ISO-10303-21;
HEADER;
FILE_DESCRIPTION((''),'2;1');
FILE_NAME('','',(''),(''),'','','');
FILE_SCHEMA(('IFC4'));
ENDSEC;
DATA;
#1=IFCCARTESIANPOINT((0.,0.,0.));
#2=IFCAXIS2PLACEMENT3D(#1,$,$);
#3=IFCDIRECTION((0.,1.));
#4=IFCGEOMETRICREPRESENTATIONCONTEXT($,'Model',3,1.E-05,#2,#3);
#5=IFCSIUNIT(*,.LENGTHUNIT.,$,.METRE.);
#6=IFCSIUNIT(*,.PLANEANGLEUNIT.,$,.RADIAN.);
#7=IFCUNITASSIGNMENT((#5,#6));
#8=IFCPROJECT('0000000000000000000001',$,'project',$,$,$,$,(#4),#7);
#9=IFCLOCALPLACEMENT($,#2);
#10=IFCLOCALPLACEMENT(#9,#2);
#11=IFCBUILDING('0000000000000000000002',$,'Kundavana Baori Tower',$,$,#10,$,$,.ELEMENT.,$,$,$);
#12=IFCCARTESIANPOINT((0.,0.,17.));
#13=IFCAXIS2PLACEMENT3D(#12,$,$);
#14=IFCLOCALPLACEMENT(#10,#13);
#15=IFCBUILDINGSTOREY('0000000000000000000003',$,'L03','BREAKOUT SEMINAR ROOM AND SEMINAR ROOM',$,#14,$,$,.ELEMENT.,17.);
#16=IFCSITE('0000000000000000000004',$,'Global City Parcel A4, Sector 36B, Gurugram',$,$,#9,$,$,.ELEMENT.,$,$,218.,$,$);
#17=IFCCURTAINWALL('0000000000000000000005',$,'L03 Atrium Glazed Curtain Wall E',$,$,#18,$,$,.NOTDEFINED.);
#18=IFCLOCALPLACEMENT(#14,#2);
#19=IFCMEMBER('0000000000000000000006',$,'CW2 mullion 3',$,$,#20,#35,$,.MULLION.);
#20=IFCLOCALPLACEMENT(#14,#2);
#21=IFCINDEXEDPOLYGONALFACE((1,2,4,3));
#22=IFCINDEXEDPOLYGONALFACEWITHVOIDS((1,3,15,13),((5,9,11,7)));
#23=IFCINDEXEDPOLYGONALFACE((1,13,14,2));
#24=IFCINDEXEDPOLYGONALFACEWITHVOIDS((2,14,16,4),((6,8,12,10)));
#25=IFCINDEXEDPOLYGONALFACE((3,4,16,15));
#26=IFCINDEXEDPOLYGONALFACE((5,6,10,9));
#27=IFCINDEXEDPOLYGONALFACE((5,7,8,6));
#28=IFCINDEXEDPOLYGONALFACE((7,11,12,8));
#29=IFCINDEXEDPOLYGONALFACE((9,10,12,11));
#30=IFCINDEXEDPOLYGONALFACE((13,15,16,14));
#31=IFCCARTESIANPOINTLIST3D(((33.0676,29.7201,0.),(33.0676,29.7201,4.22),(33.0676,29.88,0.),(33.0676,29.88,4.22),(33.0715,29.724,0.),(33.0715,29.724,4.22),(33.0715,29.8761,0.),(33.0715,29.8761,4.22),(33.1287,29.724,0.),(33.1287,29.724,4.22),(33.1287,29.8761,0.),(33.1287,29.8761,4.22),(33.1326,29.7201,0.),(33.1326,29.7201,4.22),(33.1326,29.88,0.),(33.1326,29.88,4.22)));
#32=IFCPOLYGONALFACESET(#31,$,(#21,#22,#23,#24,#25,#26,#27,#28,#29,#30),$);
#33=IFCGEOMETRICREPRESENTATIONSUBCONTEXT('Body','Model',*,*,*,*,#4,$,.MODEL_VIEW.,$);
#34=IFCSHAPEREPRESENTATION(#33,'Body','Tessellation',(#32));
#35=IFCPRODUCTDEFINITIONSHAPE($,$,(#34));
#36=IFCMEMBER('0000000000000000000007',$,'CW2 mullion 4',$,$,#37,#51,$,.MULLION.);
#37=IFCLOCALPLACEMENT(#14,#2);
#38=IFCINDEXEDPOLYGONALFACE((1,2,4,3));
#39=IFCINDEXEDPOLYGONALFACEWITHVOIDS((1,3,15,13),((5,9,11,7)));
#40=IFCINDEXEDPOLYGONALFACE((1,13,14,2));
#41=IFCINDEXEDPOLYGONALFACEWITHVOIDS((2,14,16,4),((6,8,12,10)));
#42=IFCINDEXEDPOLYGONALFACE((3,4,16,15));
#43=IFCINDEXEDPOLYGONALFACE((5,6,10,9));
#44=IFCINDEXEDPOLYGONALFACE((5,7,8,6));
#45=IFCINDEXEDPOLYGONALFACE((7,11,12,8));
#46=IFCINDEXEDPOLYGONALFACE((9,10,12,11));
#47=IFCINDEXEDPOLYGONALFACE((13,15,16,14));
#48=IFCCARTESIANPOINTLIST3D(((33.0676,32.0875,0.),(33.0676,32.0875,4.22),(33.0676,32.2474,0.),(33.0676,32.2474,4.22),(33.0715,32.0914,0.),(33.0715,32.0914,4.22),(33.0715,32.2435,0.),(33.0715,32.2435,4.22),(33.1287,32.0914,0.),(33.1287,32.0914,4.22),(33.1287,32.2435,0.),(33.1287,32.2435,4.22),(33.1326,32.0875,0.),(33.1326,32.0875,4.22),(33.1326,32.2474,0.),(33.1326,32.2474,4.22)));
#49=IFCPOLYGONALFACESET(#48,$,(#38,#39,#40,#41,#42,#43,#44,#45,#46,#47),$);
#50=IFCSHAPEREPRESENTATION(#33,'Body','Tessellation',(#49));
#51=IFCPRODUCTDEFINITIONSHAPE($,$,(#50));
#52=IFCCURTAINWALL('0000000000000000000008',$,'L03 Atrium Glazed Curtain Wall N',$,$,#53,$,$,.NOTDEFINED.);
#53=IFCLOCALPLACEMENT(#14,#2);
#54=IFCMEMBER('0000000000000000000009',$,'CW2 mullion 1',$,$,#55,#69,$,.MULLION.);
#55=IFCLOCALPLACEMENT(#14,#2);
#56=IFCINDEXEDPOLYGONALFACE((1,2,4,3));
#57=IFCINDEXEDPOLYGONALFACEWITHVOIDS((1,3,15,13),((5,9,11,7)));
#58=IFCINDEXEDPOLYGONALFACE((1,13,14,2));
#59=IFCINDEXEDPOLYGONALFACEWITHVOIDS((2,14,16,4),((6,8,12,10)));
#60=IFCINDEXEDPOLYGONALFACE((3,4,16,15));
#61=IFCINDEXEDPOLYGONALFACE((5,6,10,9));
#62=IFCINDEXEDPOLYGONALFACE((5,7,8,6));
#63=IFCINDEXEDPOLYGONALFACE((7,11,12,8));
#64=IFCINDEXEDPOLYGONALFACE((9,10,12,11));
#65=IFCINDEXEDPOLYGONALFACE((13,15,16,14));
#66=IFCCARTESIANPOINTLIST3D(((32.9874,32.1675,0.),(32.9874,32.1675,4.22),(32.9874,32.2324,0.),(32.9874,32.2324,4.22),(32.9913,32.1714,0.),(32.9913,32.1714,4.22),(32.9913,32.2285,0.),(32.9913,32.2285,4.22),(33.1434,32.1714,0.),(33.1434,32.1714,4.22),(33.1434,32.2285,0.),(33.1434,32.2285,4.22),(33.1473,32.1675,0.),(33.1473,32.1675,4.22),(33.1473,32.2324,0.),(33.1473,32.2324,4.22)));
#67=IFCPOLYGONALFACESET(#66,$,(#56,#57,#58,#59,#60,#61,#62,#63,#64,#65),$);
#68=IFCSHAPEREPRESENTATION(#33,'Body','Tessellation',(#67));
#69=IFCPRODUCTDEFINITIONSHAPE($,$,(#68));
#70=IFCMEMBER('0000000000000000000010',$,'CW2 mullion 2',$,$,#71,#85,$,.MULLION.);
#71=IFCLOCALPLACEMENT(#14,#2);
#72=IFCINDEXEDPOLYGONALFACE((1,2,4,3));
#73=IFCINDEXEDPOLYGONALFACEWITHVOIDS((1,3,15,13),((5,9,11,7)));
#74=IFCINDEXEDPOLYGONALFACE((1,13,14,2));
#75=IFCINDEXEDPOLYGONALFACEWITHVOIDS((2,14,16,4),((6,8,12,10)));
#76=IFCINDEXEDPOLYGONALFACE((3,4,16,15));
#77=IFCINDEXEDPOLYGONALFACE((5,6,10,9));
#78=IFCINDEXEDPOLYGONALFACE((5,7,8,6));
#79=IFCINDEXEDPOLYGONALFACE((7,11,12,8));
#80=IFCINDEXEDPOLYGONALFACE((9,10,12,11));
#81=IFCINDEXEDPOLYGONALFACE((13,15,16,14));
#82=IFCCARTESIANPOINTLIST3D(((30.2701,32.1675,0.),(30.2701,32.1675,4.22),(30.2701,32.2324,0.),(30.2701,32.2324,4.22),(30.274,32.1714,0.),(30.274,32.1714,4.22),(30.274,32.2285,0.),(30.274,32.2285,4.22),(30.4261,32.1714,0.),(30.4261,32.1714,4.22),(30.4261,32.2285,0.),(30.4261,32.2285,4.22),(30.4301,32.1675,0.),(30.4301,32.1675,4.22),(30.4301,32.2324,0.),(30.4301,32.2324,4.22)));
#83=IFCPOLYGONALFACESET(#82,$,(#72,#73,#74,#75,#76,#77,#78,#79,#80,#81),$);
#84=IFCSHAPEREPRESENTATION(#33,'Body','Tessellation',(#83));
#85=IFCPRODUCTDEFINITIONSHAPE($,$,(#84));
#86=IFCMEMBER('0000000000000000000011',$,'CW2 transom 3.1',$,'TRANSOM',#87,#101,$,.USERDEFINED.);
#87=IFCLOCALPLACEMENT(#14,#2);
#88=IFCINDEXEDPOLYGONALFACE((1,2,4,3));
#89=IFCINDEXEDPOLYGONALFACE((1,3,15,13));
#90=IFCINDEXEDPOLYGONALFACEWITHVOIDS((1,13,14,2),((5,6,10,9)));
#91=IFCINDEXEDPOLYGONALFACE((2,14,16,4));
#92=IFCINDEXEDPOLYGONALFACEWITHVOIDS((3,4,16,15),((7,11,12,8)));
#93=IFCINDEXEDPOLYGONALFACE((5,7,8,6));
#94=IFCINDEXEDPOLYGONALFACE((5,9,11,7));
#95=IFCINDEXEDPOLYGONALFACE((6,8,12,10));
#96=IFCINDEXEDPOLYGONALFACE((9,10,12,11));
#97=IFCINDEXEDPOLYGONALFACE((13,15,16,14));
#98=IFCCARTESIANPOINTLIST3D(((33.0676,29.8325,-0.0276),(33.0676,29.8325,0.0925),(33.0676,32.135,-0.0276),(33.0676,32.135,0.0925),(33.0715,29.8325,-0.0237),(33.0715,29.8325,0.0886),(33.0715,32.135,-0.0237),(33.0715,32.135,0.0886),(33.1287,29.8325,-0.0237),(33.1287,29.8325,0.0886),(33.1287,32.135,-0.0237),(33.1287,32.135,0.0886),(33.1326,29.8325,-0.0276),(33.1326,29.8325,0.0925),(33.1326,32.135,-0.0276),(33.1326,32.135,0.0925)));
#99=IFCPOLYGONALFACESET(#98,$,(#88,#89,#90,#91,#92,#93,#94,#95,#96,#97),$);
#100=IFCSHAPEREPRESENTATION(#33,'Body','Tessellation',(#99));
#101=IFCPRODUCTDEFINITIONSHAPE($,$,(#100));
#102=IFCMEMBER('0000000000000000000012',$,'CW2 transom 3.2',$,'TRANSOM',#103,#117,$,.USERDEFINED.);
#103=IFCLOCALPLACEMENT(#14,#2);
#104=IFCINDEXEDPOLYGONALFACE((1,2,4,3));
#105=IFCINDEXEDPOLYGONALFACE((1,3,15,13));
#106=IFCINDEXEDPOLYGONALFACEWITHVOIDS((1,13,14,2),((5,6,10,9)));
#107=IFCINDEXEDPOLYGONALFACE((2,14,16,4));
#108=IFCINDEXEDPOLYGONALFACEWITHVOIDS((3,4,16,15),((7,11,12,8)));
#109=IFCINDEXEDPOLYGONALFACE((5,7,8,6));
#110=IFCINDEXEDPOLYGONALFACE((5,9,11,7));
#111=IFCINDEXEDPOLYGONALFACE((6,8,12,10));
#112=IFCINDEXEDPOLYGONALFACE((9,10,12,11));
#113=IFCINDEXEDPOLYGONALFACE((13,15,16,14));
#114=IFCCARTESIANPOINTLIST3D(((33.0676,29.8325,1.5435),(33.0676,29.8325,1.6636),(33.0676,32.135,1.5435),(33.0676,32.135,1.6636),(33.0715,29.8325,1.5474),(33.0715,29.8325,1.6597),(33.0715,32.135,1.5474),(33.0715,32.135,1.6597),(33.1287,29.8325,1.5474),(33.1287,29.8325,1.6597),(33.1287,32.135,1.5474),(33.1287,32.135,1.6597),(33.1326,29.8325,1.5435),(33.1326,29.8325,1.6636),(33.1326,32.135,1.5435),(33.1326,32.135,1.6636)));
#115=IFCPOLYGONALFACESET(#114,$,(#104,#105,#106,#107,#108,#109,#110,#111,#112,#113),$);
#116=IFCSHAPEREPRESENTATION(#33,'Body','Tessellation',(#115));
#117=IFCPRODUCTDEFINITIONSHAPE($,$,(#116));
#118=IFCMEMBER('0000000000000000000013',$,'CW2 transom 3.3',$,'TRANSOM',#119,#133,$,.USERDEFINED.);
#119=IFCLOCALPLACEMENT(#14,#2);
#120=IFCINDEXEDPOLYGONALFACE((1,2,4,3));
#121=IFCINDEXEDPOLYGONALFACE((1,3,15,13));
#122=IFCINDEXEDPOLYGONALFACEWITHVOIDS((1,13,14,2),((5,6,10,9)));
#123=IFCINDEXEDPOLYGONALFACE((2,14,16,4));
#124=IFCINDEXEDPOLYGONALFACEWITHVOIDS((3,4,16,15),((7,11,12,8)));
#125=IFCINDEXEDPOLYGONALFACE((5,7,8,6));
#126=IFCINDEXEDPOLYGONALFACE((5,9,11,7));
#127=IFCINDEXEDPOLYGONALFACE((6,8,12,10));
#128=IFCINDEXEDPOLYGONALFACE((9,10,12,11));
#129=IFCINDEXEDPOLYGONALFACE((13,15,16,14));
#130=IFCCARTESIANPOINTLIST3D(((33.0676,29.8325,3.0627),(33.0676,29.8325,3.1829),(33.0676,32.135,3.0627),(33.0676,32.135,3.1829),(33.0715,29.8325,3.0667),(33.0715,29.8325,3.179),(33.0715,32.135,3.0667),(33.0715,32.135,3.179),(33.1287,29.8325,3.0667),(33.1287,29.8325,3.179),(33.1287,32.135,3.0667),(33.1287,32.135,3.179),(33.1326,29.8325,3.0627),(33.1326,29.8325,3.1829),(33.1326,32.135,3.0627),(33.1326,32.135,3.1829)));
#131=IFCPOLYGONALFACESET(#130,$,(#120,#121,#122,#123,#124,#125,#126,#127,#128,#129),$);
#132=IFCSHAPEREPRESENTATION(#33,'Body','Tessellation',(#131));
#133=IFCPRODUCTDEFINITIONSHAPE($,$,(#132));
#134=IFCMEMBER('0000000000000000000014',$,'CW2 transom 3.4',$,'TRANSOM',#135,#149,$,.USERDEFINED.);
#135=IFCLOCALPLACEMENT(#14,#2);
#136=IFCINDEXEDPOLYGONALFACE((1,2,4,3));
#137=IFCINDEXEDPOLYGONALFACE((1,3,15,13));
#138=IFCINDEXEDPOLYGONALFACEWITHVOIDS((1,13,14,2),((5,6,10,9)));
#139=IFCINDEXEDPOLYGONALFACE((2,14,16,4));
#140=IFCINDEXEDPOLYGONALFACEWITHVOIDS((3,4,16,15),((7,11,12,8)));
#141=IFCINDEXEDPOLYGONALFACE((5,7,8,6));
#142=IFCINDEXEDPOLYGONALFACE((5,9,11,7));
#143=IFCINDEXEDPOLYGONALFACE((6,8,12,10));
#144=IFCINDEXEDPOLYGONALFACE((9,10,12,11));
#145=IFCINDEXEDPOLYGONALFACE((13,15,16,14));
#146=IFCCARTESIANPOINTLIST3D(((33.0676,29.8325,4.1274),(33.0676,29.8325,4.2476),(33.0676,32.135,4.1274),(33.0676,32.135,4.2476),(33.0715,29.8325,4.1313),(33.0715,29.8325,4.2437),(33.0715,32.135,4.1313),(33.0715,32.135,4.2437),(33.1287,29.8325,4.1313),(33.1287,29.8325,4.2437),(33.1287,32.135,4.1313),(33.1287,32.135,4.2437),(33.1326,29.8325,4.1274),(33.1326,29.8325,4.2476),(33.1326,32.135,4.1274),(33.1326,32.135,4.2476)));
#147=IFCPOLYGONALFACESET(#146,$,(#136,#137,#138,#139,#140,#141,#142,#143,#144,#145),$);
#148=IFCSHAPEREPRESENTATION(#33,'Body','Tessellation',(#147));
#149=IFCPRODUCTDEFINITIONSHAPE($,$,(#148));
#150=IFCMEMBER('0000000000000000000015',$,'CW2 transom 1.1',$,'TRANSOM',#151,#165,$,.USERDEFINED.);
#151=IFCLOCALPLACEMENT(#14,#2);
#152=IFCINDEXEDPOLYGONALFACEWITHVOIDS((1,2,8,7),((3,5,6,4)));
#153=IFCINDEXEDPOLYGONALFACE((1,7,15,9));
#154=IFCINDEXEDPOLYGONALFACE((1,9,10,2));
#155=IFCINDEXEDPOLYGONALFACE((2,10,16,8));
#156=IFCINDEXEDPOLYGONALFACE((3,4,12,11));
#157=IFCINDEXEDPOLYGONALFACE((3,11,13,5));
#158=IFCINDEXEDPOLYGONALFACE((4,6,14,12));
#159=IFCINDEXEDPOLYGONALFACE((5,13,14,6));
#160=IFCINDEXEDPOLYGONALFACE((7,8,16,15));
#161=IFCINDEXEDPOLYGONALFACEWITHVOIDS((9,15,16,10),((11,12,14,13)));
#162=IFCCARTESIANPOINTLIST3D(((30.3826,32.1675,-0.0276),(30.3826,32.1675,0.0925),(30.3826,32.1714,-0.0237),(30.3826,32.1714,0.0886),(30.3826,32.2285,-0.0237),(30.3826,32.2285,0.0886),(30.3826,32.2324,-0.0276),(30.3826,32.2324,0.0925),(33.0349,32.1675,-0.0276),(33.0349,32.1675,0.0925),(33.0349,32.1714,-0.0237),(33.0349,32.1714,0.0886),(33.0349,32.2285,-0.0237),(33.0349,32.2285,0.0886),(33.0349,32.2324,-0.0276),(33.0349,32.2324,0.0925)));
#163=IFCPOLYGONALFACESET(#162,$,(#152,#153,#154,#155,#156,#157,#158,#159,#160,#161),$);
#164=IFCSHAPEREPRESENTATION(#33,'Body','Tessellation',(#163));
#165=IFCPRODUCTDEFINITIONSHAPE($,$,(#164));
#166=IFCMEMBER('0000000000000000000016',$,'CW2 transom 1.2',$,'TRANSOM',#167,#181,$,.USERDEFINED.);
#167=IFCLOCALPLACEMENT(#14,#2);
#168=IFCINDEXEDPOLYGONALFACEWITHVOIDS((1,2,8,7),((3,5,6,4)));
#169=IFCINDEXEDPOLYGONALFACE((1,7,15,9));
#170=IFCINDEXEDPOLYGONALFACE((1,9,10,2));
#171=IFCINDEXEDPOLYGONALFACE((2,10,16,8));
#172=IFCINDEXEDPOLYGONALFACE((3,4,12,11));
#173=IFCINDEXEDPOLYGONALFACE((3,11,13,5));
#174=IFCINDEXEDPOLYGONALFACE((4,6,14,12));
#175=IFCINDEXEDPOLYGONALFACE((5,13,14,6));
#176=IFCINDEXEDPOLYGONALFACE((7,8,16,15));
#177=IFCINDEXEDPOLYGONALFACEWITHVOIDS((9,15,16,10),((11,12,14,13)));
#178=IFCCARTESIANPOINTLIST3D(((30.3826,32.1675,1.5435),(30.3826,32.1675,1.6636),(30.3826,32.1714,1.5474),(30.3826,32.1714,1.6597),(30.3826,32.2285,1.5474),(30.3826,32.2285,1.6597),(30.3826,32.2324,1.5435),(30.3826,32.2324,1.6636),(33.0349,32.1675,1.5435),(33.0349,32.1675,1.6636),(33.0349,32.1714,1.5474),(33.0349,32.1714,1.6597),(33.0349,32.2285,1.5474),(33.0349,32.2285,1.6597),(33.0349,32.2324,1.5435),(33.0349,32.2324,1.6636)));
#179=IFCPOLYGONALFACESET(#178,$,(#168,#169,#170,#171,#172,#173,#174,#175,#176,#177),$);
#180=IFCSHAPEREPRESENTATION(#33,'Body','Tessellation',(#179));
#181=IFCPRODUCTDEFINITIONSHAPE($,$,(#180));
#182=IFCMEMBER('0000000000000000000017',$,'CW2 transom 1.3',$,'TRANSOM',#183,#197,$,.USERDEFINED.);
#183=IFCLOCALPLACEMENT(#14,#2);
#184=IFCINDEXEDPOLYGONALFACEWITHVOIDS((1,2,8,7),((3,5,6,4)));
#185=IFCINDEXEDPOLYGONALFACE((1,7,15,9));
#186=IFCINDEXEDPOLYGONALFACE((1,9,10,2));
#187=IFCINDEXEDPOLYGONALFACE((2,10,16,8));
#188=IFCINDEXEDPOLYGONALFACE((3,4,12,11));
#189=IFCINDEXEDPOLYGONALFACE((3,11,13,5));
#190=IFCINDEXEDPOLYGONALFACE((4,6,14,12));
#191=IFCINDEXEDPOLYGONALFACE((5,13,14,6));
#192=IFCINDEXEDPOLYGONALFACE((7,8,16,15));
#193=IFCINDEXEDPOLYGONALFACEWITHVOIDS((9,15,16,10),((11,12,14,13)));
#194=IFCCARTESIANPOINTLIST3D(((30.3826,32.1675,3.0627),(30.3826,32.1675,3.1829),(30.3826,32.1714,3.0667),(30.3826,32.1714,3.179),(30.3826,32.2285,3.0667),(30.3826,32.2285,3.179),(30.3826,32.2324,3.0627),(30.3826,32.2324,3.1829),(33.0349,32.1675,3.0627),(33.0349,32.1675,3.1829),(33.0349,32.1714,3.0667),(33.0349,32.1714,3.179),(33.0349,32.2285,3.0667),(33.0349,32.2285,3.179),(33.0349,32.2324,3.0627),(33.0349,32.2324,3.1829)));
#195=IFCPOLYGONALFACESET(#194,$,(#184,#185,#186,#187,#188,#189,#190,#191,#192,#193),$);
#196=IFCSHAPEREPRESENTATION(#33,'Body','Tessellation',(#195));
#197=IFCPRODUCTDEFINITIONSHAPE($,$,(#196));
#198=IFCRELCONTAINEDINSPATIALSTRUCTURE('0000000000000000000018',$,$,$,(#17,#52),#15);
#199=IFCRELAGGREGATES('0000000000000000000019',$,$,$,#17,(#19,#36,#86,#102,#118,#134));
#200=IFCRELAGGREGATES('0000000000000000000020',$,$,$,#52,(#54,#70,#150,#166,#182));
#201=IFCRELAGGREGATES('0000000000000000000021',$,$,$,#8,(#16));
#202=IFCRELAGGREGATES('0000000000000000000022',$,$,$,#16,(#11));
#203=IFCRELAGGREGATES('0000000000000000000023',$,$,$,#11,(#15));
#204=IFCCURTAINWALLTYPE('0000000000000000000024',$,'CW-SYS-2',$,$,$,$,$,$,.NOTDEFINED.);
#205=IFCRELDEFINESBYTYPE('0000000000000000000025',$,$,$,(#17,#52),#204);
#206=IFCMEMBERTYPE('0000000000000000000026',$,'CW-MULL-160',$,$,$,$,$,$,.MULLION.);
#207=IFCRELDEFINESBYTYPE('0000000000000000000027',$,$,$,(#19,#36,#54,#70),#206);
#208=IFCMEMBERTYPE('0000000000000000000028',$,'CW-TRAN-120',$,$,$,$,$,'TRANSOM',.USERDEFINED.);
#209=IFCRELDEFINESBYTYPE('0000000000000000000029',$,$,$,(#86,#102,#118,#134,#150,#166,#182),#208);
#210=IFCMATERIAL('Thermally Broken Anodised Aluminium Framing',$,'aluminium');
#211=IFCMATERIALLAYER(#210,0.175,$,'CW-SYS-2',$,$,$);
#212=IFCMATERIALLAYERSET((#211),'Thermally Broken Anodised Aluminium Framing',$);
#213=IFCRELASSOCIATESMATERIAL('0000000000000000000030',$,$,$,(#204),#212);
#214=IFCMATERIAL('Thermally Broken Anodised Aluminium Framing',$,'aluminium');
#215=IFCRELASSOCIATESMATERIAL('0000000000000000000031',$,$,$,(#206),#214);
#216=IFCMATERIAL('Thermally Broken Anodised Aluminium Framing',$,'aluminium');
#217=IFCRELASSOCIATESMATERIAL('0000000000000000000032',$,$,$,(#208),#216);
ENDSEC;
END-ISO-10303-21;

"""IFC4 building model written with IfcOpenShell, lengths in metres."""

from ifc_helpers import new_model, si_unit, direction, frame, origin, origin_2d, place, context, subcontext, project, spatial, hollow_rectangle, extrude, material, layer, layer_set, material_profile, profile_set, type_object, element, aggregate, save


model = new_model("IFC4")

# Units and contexts
model_context = context("Model", 3, precision=1e-05, world=origin(), true_north=direction((0.0, 1.0)))
body_context = subcontext(model_context, "Body", "Model", "MODEL_VIEW")
ifc_project = project(units=[si_unit("LENGTHUNIT", "METRE"), si_unit("PLANEANGLEUNIT", "RADIAN")], contexts=[model_context])

# Site, building, storey
site_placement = place(None, origin())
site = spatial("IfcSite", under=ifc_project, at=site_placement, Name="Global City Parcel A4, Sector 36B, Gurugram", CompositionType="ELEMENT", RefElevation=218.0)
building_placement = place(site_placement, origin())
building = spatial("IfcBuilding", under=site, at=building_placement, Name="Kundavana Baori Tower", CompositionType="ELEMENT")
storey_placement = place(building_placement, frame((0.0, 0.0, 17.0)))
storey = spatial("IfcBuildingStorey", under=building, at=storey_placement, Name="L03", Description="BREAKOUT SEMINAR ROOM AND SEMINAR ROOM", CompositionType="ELEMENT", Elevation=17.0)

# Curtain walls, members
ifc_material_1 = material(Name="Thermally Broken Anodised Aluminium Framing", Category="aluminium")
ifc_layer_1 = layer(ifc_material_1, 0.175, Name="CW-SYS-2")
ifc_layer_set_1 = layer_set([ifc_layer_1], Name="Thermally Broken Anodised Aluminium Framing")
curtain_wall_type = type_object("IfcCurtainWallType", Name="CW-SYS-2", PredefinedType="NOTDEFINED", material=ifc_layer_set_1)
curtain_wall_1_placement = place(storey_placement, origin())
curtain_wall_1 = element("IfcCurtainWall", 1, at=curtain_wall_1_placement, inside=storey, type_object=curtain_wall_type, Name="L03 Atrium Glazed Curtain Wall E", PredefinedType="NOTDEFINED")
ifc_material_2 = material(Name="Thermally Broken Anodised Aluminium Framing", Category="aluminium")
ifc_material_profile_1 = material_profile(ifc_material_2, hollow_rectangle(XDim=0.0649, YDim=0.1599, WallThickness=0.0039, at=origin_2d()), Name="CW-MULL-160")
ifc_profile_set_1 = profile_set([ifc_material_profile_1], Name="Thermally Broken Anodised Aluminium Framing")
member_type_1 = type_object("IfcMemberType", Name="CW-MULL-160", PredefinedType="MULLION", material=ifc_profile_set_1)
member_1_placement = place(storey_placement, frame((33.1001, 29.8, 0.0), z_axis=(0.0, 0.0, 1.0), x_axis=(-1.0, 0.0, 0.0)))
member_1 = element("IfcMember", 2, at=member_1_placement, type_object=member_type_1, Name="CW2 mullion 3", PredefinedType="MULLION", context=body_context, shape_type="SweptSolid", body=[
    extrude(hollow_rectangle(XDim=0.0649, YDim=0.1599, WallThickness=0.0039, at=origin_2d()), origin(), (0.0, 0.0, 1.0), 4.22),
])
member_2_placement = place(storey_placement, frame((33.1001, 32.1675, 0.0), z_axis=(0.0, 0.0, 1.0), x_axis=(-1.0, 0.0, 0.0)))
member_2 = element("IfcMember", 3, at=member_2_placement, type_object=member_type_1, Name="CW2 mullion 4", PredefinedType="MULLION", context=body_context, shape_type="SweptSolid", body=[
    extrude(hollow_rectangle(XDim=0.0649, YDim=0.1599, WallThickness=0.0039, at=origin_2d()), origin(), (0.0, 0.0, 1.0), 4.22),
])
curtain_wall_2_placement = place(storey_placement, origin())
curtain_wall_2 = element("IfcCurtainWall", 4, at=curtain_wall_2_placement, inside=storey, type_object=curtain_wall_type, Name="L03 Atrium Glazed Curtain Wall N", PredefinedType="NOTDEFINED")
member_3_placement = place(storey_placement, frame((33.0674, 32.2, 0.0), z_axis=(0.0, 0.0, 1.0), x_axis=(0.0, -1.0, 0.0)))
member_3 = element("IfcMember", 5, at=member_3_placement, type_object=member_type_1, Name="CW2 mullion 1", PredefinedType="MULLION", context=body_context, shape_type="SweptSolid", body=[
    extrude(hollow_rectangle(XDim=0.0649, YDim=0.1599, WallThickness=0.0039, at=origin_2d()), origin(), (0.0, 0.0, 1.0), 4.22),
])
member_4_placement = place(storey_placement, frame((30.3501, 32.2, 0.0), z_axis=(0.0, 0.0, 1.0), x_axis=(0.0, -1.0, 0.0)))
member_4 = element("IfcMember", 6, at=member_4_placement, type_object=member_type_1, Name="CW2 mullion 2", PredefinedType="MULLION", context=body_context, shape_type="SweptSolid", body=[
    extrude(hollow_rectangle(XDim=0.0649, YDim=0.1599, WallThickness=0.0039, at=origin_2d()), origin(), (0.0, 0.0, 1.0), 4.22),
])

# Members
ifc_material_3 = material(Name="Thermally Broken Anodised Aluminium Framing", Category="aluminium")
ifc_material_profile_2 = material_profile(ifc_material_3, hollow_rectangle(XDim=0.0649, YDim=0.1201, WallThickness=0.0039, at=origin_2d()), Name="CW-TRAN-120")
ifc_profile_set_2 = profile_set([ifc_material_profile_2], Name="Thermally Broken Anodised Aluminium Framing")
member_type_2 = type_object("IfcMemberType", Name="CW-TRAN-120", ElementType="TRANSOM", PredefinedType="USERDEFINED", material=ifc_profile_set_2)
member_5_placement = place(storey_placement, frame((33.1001, 29.8325, 0.0325), z_axis=(0.0, 1.0, 0.0), x_axis=(-1.0, 0.0, 0.0)))
member_5 = element("IfcMember", 7, at=member_5_placement, type_object=member_type_2, Name="CW2 transom 3.1", ObjectType="TRANSOM", PredefinedType="USERDEFINED", context=body_context, shape_type="SweptSolid", body=[
    extrude(hollow_rectangle(XDim=0.0649, YDim=0.1201, WallThickness=0.0039, at=origin_2d()), origin(), (0.0, 0.0, 1.0), 2.3025),
])
member_6_placement = place(storey_placement, frame((33.1001, 29.8325, 1.6035), z_axis=(0.0, 1.0, 0.0), x_axis=(-1.0, 0.0, 0.0)))
member_6 = element("IfcMember", 8, at=member_6_placement, type_object=member_type_2, Name="CW2 transom 3.2", ObjectType="TRANSOM", PredefinedType="USERDEFINED", context=body_context, shape_type="SweptSolid", body=[
    extrude(hollow_rectangle(XDim=0.0649, YDim=0.1201, WallThickness=0.0039, at=origin_2d()), origin(), (0.0, 0.0, 1.0), 2.3025),
])
member_7_placement = place(storey_placement, frame((33.1001, 29.8325, 3.1228), z_axis=(0.0, 1.0, 0.0), x_axis=(-1.0, 0.0, 0.0)))
member_7 = element("IfcMember", 9, at=member_7_placement, type_object=member_type_2, Name="CW2 transom 3.3", ObjectType="TRANSOM", PredefinedType="USERDEFINED", context=body_context, shape_type="SweptSolid", body=[
    extrude(hollow_rectangle(XDim=0.0649, YDim=0.1201, WallThickness=0.0039, at=origin_2d()), origin(), (0.0, 0.0, 1.0), 2.3025),
])
member_8_placement = place(storey_placement, frame((33.1001, 29.8325, 4.1875), z_axis=(0.0, 1.0, 0.0), x_axis=(-1.0, 0.0, 0.0)))
member_8 = element("IfcMember", 10, at=member_8_placement, type_object=member_type_2, Name="CW2 transom 3.4", ObjectType="TRANSOM", PredefinedType="USERDEFINED", context=body_context, shape_type="SweptSolid", body=[
    extrude(hollow_rectangle(XDim=0.0649, YDim=0.1201, WallThickness=0.0039, at=origin_2d()), origin(), (0.0, 0.0, 1.0), 2.3025),
])
member_9_placement = place(storey_placement, frame((33.0349, 32.2, 0.0325), z_axis=(-1.0, 0.0, 0.0), x_axis=(0.0, -1.0, 0.0)))
member_9 = element("IfcMember", 11, at=member_9_placement, type_object=member_type_2, Name="CW2 transom 1.1", ObjectType="TRANSOM", PredefinedType="USERDEFINED", context=body_context, shape_type="SweptSolid", body=[
    extrude(hollow_rectangle(XDim=0.0649, YDim=0.1201, WallThickness=0.0039, at=origin_2d()), origin(), (0.0, 0.0, 1.0), 2.6523),
])
member_10_placement = place(storey_placement, frame((33.0349, 32.2, 1.6035), z_axis=(-1.0, 0.0, 0.0), x_axis=(0.0, -1.0, 0.0)))
member_10 = element("IfcMember", 12, at=member_10_placement, type_object=member_type_2, Name="CW2 transom 1.2", ObjectType="TRANSOM", PredefinedType="USERDEFINED", context=body_context, shape_type="SweptSolid", body=[
    extrude(hollow_rectangle(XDim=0.0649, YDim=0.1201, WallThickness=0.0039, at=origin_2d()), origin(), (0.0, 0.0, 1.0), 2.6523),
])
member_11_placement = place(storey_placement, frame((33.0349, 32.2, 3.1228), z_axis=(-1.0, 0.0, 0.0), x_axis=(0.0, -1.0, 0.0)))
member_11 = element("IfcMember", 13, at=member_11_placement, type_object=member_type_2, Name="CW2 transom 1.3", ObjectType="TRANSOM", PredefinedType="USERDEFINED", context=body_context, shape_type="SweptSolid", body=[
    extrude(hollow_rectangle(XDim=0.0649, YDim=0.1201, WallThickness=0.0039, at=origin_2d()), origin(), (0.0, 0.0, 1.0), 2.6523),
])

aggregate(curtain_wall_1, [member_1, member_2, member_5, member_6, member_7, member_8])
aggregate(curtain_wall_2, [member_3, member_4, member_9, member_10, member_11])

save(model, "model.ifc")
